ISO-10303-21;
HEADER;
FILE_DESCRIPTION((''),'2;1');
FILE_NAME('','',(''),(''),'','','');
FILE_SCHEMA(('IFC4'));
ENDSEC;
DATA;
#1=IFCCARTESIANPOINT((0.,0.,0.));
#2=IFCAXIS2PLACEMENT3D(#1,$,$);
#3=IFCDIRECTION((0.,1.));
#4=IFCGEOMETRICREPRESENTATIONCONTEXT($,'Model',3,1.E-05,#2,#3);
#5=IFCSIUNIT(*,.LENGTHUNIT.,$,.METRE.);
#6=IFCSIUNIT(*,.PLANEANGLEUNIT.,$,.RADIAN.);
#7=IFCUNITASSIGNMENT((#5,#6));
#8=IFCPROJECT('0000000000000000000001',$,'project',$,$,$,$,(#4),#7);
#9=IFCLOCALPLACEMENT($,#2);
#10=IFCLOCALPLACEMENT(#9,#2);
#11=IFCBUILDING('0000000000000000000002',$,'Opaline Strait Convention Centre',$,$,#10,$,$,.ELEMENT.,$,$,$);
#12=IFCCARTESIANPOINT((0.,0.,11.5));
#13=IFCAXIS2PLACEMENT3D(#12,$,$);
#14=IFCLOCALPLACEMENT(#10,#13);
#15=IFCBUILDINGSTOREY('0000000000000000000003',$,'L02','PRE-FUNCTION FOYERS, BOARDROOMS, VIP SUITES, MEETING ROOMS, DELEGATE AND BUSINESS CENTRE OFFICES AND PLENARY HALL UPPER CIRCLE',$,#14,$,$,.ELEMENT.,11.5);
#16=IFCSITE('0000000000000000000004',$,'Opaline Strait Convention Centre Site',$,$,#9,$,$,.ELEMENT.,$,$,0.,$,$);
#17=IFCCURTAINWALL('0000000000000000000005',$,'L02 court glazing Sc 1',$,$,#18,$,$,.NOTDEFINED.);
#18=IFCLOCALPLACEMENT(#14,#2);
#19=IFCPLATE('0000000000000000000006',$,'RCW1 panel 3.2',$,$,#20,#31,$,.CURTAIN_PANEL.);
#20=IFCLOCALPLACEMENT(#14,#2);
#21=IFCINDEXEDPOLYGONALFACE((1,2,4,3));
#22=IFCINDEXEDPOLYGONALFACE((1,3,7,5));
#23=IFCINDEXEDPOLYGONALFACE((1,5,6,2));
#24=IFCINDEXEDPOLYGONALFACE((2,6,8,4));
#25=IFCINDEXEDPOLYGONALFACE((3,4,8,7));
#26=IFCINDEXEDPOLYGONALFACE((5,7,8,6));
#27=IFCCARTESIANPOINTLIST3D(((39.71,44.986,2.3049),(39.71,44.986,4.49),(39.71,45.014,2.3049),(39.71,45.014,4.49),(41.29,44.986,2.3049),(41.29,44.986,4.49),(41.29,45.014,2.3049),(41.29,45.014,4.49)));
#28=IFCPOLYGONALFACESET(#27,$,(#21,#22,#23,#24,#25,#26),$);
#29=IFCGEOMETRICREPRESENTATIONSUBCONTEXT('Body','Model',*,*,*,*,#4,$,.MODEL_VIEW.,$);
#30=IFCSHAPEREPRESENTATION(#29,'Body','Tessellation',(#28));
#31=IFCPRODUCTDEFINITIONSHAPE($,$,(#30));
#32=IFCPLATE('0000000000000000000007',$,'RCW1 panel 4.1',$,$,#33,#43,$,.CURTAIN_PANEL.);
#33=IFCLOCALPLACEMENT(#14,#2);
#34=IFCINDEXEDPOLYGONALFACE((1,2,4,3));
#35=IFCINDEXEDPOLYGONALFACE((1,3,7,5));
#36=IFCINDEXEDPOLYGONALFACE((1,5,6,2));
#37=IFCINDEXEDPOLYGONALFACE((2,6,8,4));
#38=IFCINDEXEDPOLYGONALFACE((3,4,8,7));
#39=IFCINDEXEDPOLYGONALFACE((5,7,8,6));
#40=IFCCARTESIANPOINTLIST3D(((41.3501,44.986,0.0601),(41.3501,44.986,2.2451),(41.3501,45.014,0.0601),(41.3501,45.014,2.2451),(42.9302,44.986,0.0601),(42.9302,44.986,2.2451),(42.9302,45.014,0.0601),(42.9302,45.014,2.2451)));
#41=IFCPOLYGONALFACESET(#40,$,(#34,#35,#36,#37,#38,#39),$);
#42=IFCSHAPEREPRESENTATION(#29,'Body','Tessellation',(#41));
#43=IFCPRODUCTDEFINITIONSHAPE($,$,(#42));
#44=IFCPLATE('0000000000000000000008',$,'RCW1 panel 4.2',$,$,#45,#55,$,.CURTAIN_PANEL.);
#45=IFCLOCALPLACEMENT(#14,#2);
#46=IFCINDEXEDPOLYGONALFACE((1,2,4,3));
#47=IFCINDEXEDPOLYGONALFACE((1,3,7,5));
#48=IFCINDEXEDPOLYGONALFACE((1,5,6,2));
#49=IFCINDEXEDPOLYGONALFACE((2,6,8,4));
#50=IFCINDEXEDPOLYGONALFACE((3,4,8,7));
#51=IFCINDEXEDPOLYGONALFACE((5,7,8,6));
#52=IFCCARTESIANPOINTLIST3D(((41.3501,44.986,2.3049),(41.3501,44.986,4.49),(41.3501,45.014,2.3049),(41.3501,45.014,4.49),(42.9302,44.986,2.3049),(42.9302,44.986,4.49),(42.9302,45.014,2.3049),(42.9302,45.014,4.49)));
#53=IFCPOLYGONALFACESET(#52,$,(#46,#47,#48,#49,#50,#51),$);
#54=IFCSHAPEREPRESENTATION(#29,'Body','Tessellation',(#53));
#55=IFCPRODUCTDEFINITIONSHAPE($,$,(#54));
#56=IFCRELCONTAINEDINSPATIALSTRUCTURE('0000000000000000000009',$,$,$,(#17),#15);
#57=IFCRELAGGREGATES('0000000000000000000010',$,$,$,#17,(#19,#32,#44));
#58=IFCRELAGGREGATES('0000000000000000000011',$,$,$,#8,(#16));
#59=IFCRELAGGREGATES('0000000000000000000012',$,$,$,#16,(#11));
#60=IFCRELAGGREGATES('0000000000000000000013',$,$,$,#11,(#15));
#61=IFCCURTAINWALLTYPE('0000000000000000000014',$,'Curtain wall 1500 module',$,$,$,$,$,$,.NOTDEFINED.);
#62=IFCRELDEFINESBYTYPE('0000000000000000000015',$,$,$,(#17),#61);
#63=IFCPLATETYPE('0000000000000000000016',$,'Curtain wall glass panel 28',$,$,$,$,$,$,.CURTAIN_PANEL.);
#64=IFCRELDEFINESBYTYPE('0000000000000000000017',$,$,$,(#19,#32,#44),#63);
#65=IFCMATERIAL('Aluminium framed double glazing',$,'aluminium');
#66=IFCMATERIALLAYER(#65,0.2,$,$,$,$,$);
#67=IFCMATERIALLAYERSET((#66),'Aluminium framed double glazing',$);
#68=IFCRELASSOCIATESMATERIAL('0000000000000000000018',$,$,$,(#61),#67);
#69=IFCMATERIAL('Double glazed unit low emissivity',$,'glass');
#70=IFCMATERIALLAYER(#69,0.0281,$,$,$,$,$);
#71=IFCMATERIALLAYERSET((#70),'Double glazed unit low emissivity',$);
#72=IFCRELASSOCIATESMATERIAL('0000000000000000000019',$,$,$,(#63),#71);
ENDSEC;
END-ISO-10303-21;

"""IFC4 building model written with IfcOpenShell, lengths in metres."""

from ifc_helpers import new_model, si_unit, direction, frame, origin, origin_2d, place, context, subcontext, project, spatial, rectangle, extrude, material, layer, layer_set, type_object, element, aggregate, save


model = new_model("IFC4")

# Units and contexts
model_context = context("Model", 3, precision=1e-05, world=origin(), true_north=direction((0.0, 1.0)))
body_context = subcontext(model_context, "Body", "Model", "MODEL_VIEW")
ifc_project = project(units=[si_unit("LENGTHUNIT", "METRE"), si_unit("PLANEANGLEUNIT", "RADIAN")], contexts=[model_context])

# Site, building, storey
site_placement = place(None, origin())
site = spatial("IfcSite", under=ifc_project, at=site_placement, Name="Opaline Strait Convention Centre Site", CompositionType="ELEMENT", RefElevation=0.0)
building_placement = place(site_placement, origin())
building = spatial("IfcBuilding", under=site, at=building_placement, Name="Opaline Strait Convention Centre", CompositionType="ELEMENT")
storey_placement = place(building_placement, frame((0.0, 0.0, 11.5)))
storey = spatial("IfcBuildingStorey", under=building, at=storey_placement, Name="L02", Description="PRE-FUNCTION FOYERS, BOARDROOMS, VIP SUITES, MEETING ROOMS, DELEGATE AND BUSINESS CENTRE OFFICES AND PLENARY HALL UPPER CIRCLE", CompositionType="ELEMENT", Elevation=11.5)

# Curtain wall
ifc_material_1 = material(Name="Aluminium framed double glazing", Category="aluminium")
ifc_layer_1 = layer(ifc_material_1, 0.2)
ifc_layer_set_1 = layer_set([ifc_layer_1], Name="Aluminium framed double glazing")
curtain_wall_type = type_object("IfcCurtainWallType", Name="Curtain wall 1500 module", PredefinedType="NOTDEFINED", material=ifc_layer_set_1)
curtain_wall_placement = place(storey_placement, origin())
curtain_wall = element("IfcCurtainWall", 1, at=curtain_wall_placement, inside=storey, type_object=curtain_wall_type, Name="L02 court glazing Sc 1", PredefinedType="NOTDEFINED")

# Plates
ifc_material_2 = material(Name="Double glazed unit low emissivity", Category="glass")
ifc_layer_2 = layer(ifc_material_2, 0.0281)
ifc_layer_set_2 = layer_set([ifc_layer_2], Name="Double glazed unit low emissivity")
plate_type = type_object("IfcPlateType", Name="Curtain wall glass panel 28", PredefinedType="CURTAIN_PANEL", material=ifc_layer_set_2)
plate_1_placement = place(storey_placement, frame((40.5, 45.0, 2.3049), z_axis=(0.0, 0.0, 1.0), x_axis=(1.0, 0.0, 0.0)))
plate_1 = element("IfcPlate", 2, at=plate_1_placement, type_object=plate_type, Name="RCW1 panel 3.2", PredefinedType="CURTAIN_PANEL", context=body_context, shape_type="SweptSolid", body=[
    extrude(rectangle(XDim=1.5801, YDim=0.0281, at=origin_2d()), origin(), (0.0, 0.0, 1.0), 2.1851),
])
plate_2_placement = place(storey_placement, frame((42.1401, 45.0, 0.0601), z_axis=(0.0, 0.0, 1.0), x_axis=(1.0, 0.0, 0.0)))
plate_2 = element("IfcPlate", 3, at=plate_2_placement, type_object=plate_type, Name="RCW1 panel 4.1", PredefinedType="CURTAIN_PANEL", context=body_context, shape_type="SweptSolid", body=[
    extrude(rectangle(XDim=1.5801, YDim=0.0281, at=origin_2d()), origin(), (0.0, 0.0, 1.0), 2.1851),
])
plate_3_placement = place(storey_placement, frame((42.1401, 45.0, 2.3049), z_axis=(0.0, 0.0, 1.0), x_axis=(1.0, 0.0, 0.0)))
plate_3 = element("IfcPlate", 4, at=plate_3_placement, type_object=plate_type, Name="RCW1 panel 4.2", PredefinedType="CURTAIN_PANEL", context=body_context, shape_type="SweptSolid", body=[
    extrude(rectangle(XDim=1.5801, YDim=0.0281, at=origin_2d()), origin(), (0.0, 0.0, 1.0), 2.1851),
])
aggregate(curtain_wall, [plate_1, plate_2, plate_3])

save(model, "model.ifc")
